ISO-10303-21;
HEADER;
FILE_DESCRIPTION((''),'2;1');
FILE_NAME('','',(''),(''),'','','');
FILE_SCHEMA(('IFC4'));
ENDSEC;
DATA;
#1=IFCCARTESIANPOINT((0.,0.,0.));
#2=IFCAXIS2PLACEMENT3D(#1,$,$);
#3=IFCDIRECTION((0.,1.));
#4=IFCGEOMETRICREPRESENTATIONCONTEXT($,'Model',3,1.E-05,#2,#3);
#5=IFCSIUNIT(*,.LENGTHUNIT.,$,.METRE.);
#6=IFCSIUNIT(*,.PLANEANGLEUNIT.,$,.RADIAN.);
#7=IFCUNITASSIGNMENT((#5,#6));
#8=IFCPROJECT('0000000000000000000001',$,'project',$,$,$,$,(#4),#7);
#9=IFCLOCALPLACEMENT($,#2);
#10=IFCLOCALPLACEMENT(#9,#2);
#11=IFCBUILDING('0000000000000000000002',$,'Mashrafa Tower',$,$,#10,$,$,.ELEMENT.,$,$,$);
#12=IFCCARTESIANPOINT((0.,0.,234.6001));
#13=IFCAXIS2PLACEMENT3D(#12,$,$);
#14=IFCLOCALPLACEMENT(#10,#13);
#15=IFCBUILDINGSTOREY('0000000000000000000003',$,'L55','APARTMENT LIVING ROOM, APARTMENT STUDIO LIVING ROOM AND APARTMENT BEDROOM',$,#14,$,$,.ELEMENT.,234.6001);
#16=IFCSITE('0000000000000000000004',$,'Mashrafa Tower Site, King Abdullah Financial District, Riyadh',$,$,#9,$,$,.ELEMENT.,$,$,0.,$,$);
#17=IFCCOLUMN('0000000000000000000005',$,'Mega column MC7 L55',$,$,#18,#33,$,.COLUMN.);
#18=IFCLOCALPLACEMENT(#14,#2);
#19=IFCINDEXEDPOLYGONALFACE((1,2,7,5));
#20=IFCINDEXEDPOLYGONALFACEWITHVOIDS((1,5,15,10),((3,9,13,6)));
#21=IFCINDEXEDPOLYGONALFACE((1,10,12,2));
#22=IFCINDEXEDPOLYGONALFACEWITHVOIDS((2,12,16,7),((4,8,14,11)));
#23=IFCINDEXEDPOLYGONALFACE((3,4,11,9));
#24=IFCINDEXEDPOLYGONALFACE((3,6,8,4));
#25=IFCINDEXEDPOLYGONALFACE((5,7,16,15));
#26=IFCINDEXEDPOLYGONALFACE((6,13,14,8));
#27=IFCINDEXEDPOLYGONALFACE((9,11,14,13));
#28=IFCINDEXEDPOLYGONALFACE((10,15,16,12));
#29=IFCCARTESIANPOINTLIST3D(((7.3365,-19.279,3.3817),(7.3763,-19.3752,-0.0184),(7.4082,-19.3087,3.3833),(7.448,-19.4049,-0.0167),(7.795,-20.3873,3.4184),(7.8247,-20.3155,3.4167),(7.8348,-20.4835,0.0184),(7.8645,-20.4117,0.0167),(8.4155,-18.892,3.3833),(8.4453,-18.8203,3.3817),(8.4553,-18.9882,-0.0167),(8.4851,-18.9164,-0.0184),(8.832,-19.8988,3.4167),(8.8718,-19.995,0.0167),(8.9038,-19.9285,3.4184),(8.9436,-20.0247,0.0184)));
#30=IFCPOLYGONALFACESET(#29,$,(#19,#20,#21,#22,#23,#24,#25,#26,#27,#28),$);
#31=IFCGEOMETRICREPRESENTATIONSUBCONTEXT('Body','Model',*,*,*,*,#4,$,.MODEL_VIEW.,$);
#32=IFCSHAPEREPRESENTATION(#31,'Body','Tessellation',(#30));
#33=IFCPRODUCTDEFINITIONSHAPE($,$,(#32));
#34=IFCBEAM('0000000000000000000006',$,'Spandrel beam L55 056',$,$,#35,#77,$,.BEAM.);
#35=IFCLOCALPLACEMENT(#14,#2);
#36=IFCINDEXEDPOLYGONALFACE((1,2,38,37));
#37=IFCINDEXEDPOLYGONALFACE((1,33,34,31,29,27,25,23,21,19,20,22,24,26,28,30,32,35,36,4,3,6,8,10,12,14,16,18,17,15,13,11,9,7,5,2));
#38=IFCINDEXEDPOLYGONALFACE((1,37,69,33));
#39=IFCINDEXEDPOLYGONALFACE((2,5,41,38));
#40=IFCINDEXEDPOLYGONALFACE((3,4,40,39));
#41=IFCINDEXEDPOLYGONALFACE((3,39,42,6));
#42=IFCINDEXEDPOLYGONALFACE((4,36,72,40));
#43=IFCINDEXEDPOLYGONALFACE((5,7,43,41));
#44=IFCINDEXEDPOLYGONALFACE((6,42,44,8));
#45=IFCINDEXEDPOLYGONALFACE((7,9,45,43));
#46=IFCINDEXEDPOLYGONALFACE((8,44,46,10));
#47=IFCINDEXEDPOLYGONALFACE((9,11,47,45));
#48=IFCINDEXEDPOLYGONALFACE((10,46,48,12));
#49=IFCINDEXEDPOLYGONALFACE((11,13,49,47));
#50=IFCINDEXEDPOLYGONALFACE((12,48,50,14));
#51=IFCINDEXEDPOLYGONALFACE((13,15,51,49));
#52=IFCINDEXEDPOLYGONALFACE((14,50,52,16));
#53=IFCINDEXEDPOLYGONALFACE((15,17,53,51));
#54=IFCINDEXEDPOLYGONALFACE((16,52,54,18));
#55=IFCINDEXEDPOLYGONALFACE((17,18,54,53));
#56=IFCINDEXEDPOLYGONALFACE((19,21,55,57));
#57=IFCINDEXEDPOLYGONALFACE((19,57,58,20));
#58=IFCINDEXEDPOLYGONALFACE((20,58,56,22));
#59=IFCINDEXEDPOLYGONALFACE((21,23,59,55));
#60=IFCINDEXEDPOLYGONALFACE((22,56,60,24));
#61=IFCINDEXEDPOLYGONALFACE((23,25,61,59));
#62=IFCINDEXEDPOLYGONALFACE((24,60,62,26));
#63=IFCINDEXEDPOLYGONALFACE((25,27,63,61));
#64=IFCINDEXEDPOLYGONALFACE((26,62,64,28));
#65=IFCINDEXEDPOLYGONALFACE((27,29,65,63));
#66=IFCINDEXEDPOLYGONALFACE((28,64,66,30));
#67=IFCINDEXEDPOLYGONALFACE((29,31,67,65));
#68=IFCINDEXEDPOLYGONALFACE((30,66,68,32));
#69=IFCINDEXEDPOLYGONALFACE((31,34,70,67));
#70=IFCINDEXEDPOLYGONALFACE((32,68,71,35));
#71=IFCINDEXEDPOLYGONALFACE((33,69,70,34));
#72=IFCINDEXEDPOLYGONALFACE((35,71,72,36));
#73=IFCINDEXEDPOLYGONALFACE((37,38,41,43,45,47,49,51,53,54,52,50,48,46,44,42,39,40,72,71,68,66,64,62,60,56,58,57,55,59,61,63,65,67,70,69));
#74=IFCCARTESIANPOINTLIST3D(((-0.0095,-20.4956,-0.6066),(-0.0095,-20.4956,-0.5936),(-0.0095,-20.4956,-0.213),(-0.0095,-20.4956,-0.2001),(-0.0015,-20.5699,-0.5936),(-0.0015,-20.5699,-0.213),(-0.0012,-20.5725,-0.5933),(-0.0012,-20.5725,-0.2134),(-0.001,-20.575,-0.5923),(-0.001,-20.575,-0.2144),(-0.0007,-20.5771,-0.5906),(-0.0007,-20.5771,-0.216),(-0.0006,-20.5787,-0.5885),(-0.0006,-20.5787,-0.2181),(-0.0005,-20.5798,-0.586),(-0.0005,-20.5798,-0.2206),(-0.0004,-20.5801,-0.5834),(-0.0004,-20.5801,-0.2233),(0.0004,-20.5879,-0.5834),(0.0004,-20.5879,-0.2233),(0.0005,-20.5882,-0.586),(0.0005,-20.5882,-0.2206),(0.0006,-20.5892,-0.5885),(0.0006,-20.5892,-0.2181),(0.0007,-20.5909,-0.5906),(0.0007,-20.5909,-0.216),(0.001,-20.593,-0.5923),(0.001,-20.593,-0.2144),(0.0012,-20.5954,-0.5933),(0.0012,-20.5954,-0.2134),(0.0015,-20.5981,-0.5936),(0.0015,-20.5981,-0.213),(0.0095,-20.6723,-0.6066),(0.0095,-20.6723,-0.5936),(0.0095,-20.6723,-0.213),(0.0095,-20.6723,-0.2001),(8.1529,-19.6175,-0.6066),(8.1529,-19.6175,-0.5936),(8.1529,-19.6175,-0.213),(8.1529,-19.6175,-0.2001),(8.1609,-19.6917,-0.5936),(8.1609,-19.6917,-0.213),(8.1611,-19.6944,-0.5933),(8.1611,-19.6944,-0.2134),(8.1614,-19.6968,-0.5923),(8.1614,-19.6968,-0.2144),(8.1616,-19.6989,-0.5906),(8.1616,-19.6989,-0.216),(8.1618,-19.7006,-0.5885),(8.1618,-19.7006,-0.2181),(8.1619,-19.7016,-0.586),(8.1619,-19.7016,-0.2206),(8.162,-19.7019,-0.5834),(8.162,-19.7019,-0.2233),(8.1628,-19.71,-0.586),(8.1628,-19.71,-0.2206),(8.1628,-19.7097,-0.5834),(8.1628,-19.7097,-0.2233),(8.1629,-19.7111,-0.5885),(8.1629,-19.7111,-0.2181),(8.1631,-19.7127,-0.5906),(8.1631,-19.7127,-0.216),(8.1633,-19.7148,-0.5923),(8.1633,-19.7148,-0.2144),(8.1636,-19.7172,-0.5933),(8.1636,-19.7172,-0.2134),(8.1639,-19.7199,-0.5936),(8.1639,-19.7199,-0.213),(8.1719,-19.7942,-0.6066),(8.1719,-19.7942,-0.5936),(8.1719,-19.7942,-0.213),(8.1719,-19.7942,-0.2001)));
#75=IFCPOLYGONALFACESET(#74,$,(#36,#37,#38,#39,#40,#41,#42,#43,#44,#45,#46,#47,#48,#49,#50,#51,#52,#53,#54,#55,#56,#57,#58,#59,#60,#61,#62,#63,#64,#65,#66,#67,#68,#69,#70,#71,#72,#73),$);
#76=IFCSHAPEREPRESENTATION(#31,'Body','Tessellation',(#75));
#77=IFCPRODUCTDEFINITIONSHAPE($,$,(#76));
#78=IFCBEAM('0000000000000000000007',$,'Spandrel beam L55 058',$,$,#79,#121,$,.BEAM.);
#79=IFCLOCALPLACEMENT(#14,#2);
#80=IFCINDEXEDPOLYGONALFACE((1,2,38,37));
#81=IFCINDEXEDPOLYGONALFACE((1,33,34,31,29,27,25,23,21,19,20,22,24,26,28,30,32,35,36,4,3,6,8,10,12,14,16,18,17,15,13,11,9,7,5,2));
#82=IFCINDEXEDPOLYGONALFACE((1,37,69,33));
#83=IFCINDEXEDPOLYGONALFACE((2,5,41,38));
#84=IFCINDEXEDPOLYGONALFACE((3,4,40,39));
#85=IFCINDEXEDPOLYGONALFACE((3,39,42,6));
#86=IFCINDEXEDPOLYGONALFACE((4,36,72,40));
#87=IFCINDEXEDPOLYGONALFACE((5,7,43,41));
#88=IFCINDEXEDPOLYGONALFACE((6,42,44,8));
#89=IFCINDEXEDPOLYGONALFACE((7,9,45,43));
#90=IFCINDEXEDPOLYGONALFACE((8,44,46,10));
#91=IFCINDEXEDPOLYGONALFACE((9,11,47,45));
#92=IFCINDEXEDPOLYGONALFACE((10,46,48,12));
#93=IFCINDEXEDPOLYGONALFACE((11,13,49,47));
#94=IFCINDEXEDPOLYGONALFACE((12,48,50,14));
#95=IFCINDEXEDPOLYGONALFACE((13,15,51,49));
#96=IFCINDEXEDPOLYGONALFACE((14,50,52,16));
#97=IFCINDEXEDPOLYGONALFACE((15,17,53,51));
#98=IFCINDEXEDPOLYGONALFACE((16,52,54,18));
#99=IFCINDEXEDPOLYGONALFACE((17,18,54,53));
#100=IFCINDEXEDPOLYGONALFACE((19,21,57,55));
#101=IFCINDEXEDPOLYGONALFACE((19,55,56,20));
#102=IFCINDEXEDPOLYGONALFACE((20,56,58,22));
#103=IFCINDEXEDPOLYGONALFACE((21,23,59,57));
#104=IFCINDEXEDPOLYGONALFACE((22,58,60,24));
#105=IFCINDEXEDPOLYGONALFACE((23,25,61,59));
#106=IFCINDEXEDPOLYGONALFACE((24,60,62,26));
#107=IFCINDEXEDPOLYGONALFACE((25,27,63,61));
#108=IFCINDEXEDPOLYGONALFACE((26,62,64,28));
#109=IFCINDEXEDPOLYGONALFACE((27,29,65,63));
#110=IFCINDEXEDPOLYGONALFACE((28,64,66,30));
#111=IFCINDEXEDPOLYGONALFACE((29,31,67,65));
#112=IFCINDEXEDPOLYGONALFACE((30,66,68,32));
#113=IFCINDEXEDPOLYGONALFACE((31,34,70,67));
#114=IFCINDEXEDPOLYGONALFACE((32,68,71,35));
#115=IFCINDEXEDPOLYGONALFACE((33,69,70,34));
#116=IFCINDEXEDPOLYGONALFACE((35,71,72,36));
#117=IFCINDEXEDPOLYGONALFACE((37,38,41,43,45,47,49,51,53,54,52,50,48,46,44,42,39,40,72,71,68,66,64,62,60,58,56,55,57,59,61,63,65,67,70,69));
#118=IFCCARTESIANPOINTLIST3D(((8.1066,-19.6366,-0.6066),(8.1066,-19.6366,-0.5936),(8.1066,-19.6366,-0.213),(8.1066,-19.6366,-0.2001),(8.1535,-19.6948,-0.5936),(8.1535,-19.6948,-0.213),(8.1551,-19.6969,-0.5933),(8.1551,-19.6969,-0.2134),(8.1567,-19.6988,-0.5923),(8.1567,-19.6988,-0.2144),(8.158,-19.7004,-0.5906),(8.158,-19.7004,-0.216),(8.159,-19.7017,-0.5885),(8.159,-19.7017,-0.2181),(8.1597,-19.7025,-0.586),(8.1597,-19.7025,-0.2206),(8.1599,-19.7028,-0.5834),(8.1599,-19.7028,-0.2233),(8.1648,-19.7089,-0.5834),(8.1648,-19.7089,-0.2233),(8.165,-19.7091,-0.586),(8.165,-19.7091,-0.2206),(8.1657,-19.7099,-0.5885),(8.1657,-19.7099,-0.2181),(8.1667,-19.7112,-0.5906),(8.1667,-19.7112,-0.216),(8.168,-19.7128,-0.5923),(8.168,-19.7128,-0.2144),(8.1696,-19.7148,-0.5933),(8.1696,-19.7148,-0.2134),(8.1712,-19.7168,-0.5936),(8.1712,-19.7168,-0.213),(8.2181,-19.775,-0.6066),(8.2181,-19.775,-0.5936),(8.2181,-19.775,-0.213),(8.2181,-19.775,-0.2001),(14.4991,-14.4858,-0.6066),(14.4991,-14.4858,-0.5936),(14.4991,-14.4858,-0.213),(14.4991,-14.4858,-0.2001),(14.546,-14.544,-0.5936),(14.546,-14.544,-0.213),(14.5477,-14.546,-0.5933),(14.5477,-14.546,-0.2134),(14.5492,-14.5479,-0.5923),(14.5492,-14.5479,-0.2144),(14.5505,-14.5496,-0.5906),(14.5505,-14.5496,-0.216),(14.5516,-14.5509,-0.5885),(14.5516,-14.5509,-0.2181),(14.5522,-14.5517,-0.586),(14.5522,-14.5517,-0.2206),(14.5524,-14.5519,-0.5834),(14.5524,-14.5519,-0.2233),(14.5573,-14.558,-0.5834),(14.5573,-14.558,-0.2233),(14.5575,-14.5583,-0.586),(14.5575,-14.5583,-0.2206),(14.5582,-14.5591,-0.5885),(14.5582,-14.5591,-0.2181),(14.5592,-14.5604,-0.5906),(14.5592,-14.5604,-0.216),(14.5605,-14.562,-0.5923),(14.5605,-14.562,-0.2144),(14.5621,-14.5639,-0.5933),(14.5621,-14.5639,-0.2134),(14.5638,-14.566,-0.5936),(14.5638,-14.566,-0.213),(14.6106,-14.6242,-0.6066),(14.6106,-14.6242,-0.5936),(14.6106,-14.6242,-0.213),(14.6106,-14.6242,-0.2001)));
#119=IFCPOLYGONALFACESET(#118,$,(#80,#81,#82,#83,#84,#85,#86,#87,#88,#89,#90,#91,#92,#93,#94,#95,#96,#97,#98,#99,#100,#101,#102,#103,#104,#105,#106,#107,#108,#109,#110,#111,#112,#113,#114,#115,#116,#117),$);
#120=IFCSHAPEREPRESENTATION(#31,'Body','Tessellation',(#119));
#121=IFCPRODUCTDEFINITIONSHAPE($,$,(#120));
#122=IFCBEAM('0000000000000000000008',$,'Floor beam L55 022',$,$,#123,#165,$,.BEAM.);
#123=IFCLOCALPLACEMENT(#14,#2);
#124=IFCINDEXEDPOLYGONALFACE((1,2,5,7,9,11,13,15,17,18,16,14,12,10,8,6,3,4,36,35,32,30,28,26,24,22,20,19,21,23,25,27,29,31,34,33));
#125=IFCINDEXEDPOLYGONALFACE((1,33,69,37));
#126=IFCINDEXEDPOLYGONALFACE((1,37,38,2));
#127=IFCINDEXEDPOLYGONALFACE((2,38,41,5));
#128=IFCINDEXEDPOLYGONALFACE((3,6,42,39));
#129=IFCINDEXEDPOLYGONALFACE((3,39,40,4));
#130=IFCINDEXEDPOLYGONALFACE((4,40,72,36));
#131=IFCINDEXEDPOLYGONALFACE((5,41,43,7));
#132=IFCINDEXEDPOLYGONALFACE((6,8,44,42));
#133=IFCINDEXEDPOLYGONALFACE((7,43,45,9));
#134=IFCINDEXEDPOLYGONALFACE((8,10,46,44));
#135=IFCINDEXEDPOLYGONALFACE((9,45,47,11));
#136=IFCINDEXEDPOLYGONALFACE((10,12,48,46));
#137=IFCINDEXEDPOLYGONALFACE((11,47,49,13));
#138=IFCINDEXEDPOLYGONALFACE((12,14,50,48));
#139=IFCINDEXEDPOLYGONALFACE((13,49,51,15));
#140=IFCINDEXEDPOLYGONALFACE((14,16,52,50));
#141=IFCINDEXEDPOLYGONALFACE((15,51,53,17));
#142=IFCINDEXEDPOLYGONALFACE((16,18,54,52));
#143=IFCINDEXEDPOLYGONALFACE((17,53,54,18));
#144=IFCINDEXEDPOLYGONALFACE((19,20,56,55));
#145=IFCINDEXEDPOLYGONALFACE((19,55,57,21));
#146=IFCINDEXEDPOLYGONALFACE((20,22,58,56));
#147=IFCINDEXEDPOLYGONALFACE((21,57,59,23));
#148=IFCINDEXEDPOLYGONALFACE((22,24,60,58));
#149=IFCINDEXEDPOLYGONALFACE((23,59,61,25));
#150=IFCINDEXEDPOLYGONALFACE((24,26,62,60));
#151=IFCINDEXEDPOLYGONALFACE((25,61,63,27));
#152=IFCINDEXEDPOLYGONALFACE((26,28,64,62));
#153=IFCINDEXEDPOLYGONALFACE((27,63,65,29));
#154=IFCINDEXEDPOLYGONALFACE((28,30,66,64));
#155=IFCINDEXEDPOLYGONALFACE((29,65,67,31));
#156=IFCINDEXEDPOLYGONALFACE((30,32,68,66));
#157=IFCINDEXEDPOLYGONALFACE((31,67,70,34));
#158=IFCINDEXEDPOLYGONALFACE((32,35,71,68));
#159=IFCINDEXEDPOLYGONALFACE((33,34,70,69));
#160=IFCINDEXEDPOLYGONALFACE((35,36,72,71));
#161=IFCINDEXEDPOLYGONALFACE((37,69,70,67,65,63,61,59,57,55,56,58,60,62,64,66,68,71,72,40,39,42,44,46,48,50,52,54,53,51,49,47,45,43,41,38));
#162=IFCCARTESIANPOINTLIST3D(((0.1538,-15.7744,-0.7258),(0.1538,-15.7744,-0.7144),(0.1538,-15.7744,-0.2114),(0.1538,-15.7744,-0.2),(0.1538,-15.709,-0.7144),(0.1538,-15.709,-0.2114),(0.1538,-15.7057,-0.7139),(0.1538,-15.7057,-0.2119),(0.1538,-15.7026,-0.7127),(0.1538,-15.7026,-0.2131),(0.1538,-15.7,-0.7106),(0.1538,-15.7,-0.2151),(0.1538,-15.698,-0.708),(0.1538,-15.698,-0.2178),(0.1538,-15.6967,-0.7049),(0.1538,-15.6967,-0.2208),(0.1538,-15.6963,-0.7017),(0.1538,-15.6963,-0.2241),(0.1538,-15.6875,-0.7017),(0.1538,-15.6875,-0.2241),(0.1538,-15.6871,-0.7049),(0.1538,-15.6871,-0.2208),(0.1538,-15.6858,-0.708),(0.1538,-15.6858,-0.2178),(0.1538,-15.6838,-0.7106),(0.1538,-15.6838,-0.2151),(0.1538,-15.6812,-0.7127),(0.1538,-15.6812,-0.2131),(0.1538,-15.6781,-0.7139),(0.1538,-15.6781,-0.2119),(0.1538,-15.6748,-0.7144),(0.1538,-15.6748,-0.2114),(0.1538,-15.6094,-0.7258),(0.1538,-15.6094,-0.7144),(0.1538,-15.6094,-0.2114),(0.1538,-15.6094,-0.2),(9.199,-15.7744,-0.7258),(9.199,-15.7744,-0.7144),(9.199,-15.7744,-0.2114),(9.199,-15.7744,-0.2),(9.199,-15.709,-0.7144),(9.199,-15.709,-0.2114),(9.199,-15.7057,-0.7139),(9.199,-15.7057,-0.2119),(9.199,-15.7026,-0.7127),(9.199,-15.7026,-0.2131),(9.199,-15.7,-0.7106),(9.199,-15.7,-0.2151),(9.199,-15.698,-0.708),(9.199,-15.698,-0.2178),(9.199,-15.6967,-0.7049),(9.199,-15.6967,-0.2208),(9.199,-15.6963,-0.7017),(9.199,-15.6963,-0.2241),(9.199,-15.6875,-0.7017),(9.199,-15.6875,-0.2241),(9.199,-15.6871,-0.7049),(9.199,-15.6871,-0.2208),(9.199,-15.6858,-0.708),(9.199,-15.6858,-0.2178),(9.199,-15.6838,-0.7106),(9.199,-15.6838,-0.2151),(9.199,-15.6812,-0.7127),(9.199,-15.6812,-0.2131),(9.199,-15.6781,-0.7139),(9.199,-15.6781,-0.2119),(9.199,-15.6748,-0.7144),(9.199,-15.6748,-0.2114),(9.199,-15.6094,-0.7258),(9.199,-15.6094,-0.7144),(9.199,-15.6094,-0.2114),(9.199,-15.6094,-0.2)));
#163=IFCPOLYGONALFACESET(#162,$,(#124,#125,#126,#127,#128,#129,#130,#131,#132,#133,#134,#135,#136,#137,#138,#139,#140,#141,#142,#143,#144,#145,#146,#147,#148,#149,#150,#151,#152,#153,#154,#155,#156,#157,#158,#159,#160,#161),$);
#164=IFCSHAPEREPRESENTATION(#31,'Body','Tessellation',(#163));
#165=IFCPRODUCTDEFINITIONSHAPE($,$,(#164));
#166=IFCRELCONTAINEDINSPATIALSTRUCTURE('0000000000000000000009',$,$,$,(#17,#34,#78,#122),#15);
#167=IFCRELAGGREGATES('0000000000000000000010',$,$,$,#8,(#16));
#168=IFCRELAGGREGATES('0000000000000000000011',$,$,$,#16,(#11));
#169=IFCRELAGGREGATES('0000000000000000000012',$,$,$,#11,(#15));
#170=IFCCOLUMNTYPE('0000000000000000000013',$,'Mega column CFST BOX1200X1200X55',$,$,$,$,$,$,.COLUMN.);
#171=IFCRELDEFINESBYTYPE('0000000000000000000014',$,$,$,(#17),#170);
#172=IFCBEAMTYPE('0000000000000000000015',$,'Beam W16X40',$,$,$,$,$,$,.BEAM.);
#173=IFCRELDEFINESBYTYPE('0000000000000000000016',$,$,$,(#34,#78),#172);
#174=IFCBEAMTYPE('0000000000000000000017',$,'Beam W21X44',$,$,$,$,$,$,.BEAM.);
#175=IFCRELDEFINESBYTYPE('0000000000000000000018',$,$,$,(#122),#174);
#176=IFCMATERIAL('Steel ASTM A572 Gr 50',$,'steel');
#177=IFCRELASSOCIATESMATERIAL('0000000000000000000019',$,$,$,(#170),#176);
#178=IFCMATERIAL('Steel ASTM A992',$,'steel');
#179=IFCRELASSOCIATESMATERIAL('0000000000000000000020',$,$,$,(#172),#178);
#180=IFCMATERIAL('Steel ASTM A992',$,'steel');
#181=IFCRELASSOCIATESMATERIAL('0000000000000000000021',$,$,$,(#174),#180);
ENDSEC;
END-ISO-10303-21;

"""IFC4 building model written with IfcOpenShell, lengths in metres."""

from ifc_helpers import new_model, si_unit, direction, frame, origin, origin_2d, place, context, subcontext, project, spatial, hollow_rectangle, i_section, extrude, material, material_profile, profile_set, type_object, element, save


model = new_model("IFC4")

# Units and contexts
model_context = context("Model", 3, precision=1e-05, world=origin(), true_north=direction((0.0, 1.0)))
body_context = subcontext(model_context, "Body", "Model", "MODEL_VIEW")
ifc_project = project(units=[si_unit("LENGTHUNIT", "METRE"), si_unit("PLANEANGLEUNIT", "RADIAN")], contexts=[model_context])

# Site, building, storey
site_placement = place(None, origin())
site = spatial("IfcSite", under=ifc_project, at=site_placement, Name="Mashrafa Tower Site, King Abdullah Financial District, Riyadh", CompositionType="ELEMENT", RefElevation=0.0)
building_placement = place(site_placement, origin())
building = spatial("IfcBuilding", under=site, at=building_placement, Name="Mashrafa Tower", CompositionType="ELEMENT")
storey_placement = place(building_placement, frame((0.0, 0.0, 234.6001)))
storey = spatial("IfcBuildingStorey", under=building, at=storey_placement, Name="L55", Description="APARTMENT LIVING ROOM, APARTMENT STUDIO LIVING ROOM AND APARTMENT BEDROOM", CompositionType="ELEMENT", Elevation=234.6001)

# Column
ifc_material_1 = material(Name="Steel ASTM A572 Gr 50", Category="steel")
ifc_material_profile_1 = material_profile(ifc_material_1, hollow_rectangle(XDim=1.2, YDim=1.2, WallThickness=0.0549, at=origin_2d()), Name="BOX1200X1200X55")
ifc_profile_set_1 = profile_set([ifc_material_profile_1], Name="Steel ASTM A572 Gr 50")
column_type = type_object("IfcColumnType", Name="Mega column CFST BOX1200X1200X55", PredefinedType="COLUMN", material=ifc_profile_set_1)
column_placement = place(storey_placement, frame((8.1599, -19.7, 0.0), z_axis=(-0.011699, 0.028279, 0.999532), x_axis=(-0.924045, -0.382283, 0.0)))
element("IfcColumn", 1, at=column_placement, inside=storey, type_object=column_type, Name="Mega column MC7 L55", PredefinedType="COLUMN", context=body_context, shape_type="SweptSolid", body=[
    extrude(hollow_rectangle(XDim=1.2, YDim=1.2, WallThickness=0.0549, at=origin_2d()), origin(), (0.0, 0.0, 1.0), 3.4016),
])

# Beams
ifc_material_2 = material(Name="Steel ASTM A992", Category="steel")
ifc_material_profile_2 = material_profile(ifc_material_2, i_section(OverallWidth=0.1777, OverallDepth=0.4065, WebThickness=0.0078, FlangeThickness=0.0129, FilletRadius=0.0103, at=origin_2d()), Name="W16X40")
ifc_profile_set_2 = profile_set([ifc_material_profile_2], Name="Steel ASTM A992")
beam_type_1 = type_object("IfcBeamType", Name="Beam W16X40", PredefinedType="BEAM", material=ifc_profile_set_2)
for number, where, z_axis, x_axis, name in (
    (2, (0.0, -20.584, -0.4033), (0.994262, 0.106971, 0.0), (-0.106971, 0.994262, 0.0), "Spandrel beam L55 056"),
    (3, (8.1624, -19.7058, -0.4033), (0.778676, 0.627426, 0.0), (-0.627426, 0.778676, 0.0), "Spandrel beam L55 058"),
):
    element("IfcBeam", number, at=place(storey_placement, frame(where, z_axis=z_axis, x_axis=x_axis)), inside=storey, type_object=beam_type_1, Name=name, PredefinedType="BEAM", context=body_context, shape_type="SweptSolid", body=[
        extrude(i_section(OverallWidth=0.1777, OverallDepth=0.4065, WebThickness=0.0078, FlangeThickness=0.0129, FilletRadius=0.0103, at=origin_2d()), origin(), (0.0, 0.0, 1.0), 8.2095),
    ])
ifc_material_3 = material(Name="Steel ASTM A992", Category="steel")
ifc_material_profile_3 = material_profile(ifc_material_3, i_section(OverallWidth=0.165, OverallDepth=0.5259, WebThickness=0.0088, FlangeThickness=0.0115, FilletRadius=0.0127, at=origin_2d()), Name="W21X44")
ifc_profile_set_3 = profile_set([ifc_material_profile_3], Name="Steel ASTM A992")
beam_type_2 = type_object("IfcBeamType", Name="Beam W21X44", PredefinedType="BEAM", material=ifc_profile_set_3)
beam_1_placement = place(storey_placement, frame((9.199, -15.6919, -0.4629), z_axis=(-1.0, 0.0, 0.0), x_axis=(0.0, -1.0, 0.0)))
element("IfcBeam", 4, at=beam_1_placement, inside=storey, type_object=beam_type_2, Name="Floor beam L55 022", PredefinedType="BEAM", context=body_context, shape_type="SweptSolid", body=[
    extrude(i_section(OverallWidth=0.165, OverallDepth=0.5259, WebThickness=0.0088, FlangeThickness=0.0115, FilletRadius=0.0127, at=origin_2d()), origin(), (0.0, 0.0, 1.0), 9.0452),
])

save(model, "model.ifc")
